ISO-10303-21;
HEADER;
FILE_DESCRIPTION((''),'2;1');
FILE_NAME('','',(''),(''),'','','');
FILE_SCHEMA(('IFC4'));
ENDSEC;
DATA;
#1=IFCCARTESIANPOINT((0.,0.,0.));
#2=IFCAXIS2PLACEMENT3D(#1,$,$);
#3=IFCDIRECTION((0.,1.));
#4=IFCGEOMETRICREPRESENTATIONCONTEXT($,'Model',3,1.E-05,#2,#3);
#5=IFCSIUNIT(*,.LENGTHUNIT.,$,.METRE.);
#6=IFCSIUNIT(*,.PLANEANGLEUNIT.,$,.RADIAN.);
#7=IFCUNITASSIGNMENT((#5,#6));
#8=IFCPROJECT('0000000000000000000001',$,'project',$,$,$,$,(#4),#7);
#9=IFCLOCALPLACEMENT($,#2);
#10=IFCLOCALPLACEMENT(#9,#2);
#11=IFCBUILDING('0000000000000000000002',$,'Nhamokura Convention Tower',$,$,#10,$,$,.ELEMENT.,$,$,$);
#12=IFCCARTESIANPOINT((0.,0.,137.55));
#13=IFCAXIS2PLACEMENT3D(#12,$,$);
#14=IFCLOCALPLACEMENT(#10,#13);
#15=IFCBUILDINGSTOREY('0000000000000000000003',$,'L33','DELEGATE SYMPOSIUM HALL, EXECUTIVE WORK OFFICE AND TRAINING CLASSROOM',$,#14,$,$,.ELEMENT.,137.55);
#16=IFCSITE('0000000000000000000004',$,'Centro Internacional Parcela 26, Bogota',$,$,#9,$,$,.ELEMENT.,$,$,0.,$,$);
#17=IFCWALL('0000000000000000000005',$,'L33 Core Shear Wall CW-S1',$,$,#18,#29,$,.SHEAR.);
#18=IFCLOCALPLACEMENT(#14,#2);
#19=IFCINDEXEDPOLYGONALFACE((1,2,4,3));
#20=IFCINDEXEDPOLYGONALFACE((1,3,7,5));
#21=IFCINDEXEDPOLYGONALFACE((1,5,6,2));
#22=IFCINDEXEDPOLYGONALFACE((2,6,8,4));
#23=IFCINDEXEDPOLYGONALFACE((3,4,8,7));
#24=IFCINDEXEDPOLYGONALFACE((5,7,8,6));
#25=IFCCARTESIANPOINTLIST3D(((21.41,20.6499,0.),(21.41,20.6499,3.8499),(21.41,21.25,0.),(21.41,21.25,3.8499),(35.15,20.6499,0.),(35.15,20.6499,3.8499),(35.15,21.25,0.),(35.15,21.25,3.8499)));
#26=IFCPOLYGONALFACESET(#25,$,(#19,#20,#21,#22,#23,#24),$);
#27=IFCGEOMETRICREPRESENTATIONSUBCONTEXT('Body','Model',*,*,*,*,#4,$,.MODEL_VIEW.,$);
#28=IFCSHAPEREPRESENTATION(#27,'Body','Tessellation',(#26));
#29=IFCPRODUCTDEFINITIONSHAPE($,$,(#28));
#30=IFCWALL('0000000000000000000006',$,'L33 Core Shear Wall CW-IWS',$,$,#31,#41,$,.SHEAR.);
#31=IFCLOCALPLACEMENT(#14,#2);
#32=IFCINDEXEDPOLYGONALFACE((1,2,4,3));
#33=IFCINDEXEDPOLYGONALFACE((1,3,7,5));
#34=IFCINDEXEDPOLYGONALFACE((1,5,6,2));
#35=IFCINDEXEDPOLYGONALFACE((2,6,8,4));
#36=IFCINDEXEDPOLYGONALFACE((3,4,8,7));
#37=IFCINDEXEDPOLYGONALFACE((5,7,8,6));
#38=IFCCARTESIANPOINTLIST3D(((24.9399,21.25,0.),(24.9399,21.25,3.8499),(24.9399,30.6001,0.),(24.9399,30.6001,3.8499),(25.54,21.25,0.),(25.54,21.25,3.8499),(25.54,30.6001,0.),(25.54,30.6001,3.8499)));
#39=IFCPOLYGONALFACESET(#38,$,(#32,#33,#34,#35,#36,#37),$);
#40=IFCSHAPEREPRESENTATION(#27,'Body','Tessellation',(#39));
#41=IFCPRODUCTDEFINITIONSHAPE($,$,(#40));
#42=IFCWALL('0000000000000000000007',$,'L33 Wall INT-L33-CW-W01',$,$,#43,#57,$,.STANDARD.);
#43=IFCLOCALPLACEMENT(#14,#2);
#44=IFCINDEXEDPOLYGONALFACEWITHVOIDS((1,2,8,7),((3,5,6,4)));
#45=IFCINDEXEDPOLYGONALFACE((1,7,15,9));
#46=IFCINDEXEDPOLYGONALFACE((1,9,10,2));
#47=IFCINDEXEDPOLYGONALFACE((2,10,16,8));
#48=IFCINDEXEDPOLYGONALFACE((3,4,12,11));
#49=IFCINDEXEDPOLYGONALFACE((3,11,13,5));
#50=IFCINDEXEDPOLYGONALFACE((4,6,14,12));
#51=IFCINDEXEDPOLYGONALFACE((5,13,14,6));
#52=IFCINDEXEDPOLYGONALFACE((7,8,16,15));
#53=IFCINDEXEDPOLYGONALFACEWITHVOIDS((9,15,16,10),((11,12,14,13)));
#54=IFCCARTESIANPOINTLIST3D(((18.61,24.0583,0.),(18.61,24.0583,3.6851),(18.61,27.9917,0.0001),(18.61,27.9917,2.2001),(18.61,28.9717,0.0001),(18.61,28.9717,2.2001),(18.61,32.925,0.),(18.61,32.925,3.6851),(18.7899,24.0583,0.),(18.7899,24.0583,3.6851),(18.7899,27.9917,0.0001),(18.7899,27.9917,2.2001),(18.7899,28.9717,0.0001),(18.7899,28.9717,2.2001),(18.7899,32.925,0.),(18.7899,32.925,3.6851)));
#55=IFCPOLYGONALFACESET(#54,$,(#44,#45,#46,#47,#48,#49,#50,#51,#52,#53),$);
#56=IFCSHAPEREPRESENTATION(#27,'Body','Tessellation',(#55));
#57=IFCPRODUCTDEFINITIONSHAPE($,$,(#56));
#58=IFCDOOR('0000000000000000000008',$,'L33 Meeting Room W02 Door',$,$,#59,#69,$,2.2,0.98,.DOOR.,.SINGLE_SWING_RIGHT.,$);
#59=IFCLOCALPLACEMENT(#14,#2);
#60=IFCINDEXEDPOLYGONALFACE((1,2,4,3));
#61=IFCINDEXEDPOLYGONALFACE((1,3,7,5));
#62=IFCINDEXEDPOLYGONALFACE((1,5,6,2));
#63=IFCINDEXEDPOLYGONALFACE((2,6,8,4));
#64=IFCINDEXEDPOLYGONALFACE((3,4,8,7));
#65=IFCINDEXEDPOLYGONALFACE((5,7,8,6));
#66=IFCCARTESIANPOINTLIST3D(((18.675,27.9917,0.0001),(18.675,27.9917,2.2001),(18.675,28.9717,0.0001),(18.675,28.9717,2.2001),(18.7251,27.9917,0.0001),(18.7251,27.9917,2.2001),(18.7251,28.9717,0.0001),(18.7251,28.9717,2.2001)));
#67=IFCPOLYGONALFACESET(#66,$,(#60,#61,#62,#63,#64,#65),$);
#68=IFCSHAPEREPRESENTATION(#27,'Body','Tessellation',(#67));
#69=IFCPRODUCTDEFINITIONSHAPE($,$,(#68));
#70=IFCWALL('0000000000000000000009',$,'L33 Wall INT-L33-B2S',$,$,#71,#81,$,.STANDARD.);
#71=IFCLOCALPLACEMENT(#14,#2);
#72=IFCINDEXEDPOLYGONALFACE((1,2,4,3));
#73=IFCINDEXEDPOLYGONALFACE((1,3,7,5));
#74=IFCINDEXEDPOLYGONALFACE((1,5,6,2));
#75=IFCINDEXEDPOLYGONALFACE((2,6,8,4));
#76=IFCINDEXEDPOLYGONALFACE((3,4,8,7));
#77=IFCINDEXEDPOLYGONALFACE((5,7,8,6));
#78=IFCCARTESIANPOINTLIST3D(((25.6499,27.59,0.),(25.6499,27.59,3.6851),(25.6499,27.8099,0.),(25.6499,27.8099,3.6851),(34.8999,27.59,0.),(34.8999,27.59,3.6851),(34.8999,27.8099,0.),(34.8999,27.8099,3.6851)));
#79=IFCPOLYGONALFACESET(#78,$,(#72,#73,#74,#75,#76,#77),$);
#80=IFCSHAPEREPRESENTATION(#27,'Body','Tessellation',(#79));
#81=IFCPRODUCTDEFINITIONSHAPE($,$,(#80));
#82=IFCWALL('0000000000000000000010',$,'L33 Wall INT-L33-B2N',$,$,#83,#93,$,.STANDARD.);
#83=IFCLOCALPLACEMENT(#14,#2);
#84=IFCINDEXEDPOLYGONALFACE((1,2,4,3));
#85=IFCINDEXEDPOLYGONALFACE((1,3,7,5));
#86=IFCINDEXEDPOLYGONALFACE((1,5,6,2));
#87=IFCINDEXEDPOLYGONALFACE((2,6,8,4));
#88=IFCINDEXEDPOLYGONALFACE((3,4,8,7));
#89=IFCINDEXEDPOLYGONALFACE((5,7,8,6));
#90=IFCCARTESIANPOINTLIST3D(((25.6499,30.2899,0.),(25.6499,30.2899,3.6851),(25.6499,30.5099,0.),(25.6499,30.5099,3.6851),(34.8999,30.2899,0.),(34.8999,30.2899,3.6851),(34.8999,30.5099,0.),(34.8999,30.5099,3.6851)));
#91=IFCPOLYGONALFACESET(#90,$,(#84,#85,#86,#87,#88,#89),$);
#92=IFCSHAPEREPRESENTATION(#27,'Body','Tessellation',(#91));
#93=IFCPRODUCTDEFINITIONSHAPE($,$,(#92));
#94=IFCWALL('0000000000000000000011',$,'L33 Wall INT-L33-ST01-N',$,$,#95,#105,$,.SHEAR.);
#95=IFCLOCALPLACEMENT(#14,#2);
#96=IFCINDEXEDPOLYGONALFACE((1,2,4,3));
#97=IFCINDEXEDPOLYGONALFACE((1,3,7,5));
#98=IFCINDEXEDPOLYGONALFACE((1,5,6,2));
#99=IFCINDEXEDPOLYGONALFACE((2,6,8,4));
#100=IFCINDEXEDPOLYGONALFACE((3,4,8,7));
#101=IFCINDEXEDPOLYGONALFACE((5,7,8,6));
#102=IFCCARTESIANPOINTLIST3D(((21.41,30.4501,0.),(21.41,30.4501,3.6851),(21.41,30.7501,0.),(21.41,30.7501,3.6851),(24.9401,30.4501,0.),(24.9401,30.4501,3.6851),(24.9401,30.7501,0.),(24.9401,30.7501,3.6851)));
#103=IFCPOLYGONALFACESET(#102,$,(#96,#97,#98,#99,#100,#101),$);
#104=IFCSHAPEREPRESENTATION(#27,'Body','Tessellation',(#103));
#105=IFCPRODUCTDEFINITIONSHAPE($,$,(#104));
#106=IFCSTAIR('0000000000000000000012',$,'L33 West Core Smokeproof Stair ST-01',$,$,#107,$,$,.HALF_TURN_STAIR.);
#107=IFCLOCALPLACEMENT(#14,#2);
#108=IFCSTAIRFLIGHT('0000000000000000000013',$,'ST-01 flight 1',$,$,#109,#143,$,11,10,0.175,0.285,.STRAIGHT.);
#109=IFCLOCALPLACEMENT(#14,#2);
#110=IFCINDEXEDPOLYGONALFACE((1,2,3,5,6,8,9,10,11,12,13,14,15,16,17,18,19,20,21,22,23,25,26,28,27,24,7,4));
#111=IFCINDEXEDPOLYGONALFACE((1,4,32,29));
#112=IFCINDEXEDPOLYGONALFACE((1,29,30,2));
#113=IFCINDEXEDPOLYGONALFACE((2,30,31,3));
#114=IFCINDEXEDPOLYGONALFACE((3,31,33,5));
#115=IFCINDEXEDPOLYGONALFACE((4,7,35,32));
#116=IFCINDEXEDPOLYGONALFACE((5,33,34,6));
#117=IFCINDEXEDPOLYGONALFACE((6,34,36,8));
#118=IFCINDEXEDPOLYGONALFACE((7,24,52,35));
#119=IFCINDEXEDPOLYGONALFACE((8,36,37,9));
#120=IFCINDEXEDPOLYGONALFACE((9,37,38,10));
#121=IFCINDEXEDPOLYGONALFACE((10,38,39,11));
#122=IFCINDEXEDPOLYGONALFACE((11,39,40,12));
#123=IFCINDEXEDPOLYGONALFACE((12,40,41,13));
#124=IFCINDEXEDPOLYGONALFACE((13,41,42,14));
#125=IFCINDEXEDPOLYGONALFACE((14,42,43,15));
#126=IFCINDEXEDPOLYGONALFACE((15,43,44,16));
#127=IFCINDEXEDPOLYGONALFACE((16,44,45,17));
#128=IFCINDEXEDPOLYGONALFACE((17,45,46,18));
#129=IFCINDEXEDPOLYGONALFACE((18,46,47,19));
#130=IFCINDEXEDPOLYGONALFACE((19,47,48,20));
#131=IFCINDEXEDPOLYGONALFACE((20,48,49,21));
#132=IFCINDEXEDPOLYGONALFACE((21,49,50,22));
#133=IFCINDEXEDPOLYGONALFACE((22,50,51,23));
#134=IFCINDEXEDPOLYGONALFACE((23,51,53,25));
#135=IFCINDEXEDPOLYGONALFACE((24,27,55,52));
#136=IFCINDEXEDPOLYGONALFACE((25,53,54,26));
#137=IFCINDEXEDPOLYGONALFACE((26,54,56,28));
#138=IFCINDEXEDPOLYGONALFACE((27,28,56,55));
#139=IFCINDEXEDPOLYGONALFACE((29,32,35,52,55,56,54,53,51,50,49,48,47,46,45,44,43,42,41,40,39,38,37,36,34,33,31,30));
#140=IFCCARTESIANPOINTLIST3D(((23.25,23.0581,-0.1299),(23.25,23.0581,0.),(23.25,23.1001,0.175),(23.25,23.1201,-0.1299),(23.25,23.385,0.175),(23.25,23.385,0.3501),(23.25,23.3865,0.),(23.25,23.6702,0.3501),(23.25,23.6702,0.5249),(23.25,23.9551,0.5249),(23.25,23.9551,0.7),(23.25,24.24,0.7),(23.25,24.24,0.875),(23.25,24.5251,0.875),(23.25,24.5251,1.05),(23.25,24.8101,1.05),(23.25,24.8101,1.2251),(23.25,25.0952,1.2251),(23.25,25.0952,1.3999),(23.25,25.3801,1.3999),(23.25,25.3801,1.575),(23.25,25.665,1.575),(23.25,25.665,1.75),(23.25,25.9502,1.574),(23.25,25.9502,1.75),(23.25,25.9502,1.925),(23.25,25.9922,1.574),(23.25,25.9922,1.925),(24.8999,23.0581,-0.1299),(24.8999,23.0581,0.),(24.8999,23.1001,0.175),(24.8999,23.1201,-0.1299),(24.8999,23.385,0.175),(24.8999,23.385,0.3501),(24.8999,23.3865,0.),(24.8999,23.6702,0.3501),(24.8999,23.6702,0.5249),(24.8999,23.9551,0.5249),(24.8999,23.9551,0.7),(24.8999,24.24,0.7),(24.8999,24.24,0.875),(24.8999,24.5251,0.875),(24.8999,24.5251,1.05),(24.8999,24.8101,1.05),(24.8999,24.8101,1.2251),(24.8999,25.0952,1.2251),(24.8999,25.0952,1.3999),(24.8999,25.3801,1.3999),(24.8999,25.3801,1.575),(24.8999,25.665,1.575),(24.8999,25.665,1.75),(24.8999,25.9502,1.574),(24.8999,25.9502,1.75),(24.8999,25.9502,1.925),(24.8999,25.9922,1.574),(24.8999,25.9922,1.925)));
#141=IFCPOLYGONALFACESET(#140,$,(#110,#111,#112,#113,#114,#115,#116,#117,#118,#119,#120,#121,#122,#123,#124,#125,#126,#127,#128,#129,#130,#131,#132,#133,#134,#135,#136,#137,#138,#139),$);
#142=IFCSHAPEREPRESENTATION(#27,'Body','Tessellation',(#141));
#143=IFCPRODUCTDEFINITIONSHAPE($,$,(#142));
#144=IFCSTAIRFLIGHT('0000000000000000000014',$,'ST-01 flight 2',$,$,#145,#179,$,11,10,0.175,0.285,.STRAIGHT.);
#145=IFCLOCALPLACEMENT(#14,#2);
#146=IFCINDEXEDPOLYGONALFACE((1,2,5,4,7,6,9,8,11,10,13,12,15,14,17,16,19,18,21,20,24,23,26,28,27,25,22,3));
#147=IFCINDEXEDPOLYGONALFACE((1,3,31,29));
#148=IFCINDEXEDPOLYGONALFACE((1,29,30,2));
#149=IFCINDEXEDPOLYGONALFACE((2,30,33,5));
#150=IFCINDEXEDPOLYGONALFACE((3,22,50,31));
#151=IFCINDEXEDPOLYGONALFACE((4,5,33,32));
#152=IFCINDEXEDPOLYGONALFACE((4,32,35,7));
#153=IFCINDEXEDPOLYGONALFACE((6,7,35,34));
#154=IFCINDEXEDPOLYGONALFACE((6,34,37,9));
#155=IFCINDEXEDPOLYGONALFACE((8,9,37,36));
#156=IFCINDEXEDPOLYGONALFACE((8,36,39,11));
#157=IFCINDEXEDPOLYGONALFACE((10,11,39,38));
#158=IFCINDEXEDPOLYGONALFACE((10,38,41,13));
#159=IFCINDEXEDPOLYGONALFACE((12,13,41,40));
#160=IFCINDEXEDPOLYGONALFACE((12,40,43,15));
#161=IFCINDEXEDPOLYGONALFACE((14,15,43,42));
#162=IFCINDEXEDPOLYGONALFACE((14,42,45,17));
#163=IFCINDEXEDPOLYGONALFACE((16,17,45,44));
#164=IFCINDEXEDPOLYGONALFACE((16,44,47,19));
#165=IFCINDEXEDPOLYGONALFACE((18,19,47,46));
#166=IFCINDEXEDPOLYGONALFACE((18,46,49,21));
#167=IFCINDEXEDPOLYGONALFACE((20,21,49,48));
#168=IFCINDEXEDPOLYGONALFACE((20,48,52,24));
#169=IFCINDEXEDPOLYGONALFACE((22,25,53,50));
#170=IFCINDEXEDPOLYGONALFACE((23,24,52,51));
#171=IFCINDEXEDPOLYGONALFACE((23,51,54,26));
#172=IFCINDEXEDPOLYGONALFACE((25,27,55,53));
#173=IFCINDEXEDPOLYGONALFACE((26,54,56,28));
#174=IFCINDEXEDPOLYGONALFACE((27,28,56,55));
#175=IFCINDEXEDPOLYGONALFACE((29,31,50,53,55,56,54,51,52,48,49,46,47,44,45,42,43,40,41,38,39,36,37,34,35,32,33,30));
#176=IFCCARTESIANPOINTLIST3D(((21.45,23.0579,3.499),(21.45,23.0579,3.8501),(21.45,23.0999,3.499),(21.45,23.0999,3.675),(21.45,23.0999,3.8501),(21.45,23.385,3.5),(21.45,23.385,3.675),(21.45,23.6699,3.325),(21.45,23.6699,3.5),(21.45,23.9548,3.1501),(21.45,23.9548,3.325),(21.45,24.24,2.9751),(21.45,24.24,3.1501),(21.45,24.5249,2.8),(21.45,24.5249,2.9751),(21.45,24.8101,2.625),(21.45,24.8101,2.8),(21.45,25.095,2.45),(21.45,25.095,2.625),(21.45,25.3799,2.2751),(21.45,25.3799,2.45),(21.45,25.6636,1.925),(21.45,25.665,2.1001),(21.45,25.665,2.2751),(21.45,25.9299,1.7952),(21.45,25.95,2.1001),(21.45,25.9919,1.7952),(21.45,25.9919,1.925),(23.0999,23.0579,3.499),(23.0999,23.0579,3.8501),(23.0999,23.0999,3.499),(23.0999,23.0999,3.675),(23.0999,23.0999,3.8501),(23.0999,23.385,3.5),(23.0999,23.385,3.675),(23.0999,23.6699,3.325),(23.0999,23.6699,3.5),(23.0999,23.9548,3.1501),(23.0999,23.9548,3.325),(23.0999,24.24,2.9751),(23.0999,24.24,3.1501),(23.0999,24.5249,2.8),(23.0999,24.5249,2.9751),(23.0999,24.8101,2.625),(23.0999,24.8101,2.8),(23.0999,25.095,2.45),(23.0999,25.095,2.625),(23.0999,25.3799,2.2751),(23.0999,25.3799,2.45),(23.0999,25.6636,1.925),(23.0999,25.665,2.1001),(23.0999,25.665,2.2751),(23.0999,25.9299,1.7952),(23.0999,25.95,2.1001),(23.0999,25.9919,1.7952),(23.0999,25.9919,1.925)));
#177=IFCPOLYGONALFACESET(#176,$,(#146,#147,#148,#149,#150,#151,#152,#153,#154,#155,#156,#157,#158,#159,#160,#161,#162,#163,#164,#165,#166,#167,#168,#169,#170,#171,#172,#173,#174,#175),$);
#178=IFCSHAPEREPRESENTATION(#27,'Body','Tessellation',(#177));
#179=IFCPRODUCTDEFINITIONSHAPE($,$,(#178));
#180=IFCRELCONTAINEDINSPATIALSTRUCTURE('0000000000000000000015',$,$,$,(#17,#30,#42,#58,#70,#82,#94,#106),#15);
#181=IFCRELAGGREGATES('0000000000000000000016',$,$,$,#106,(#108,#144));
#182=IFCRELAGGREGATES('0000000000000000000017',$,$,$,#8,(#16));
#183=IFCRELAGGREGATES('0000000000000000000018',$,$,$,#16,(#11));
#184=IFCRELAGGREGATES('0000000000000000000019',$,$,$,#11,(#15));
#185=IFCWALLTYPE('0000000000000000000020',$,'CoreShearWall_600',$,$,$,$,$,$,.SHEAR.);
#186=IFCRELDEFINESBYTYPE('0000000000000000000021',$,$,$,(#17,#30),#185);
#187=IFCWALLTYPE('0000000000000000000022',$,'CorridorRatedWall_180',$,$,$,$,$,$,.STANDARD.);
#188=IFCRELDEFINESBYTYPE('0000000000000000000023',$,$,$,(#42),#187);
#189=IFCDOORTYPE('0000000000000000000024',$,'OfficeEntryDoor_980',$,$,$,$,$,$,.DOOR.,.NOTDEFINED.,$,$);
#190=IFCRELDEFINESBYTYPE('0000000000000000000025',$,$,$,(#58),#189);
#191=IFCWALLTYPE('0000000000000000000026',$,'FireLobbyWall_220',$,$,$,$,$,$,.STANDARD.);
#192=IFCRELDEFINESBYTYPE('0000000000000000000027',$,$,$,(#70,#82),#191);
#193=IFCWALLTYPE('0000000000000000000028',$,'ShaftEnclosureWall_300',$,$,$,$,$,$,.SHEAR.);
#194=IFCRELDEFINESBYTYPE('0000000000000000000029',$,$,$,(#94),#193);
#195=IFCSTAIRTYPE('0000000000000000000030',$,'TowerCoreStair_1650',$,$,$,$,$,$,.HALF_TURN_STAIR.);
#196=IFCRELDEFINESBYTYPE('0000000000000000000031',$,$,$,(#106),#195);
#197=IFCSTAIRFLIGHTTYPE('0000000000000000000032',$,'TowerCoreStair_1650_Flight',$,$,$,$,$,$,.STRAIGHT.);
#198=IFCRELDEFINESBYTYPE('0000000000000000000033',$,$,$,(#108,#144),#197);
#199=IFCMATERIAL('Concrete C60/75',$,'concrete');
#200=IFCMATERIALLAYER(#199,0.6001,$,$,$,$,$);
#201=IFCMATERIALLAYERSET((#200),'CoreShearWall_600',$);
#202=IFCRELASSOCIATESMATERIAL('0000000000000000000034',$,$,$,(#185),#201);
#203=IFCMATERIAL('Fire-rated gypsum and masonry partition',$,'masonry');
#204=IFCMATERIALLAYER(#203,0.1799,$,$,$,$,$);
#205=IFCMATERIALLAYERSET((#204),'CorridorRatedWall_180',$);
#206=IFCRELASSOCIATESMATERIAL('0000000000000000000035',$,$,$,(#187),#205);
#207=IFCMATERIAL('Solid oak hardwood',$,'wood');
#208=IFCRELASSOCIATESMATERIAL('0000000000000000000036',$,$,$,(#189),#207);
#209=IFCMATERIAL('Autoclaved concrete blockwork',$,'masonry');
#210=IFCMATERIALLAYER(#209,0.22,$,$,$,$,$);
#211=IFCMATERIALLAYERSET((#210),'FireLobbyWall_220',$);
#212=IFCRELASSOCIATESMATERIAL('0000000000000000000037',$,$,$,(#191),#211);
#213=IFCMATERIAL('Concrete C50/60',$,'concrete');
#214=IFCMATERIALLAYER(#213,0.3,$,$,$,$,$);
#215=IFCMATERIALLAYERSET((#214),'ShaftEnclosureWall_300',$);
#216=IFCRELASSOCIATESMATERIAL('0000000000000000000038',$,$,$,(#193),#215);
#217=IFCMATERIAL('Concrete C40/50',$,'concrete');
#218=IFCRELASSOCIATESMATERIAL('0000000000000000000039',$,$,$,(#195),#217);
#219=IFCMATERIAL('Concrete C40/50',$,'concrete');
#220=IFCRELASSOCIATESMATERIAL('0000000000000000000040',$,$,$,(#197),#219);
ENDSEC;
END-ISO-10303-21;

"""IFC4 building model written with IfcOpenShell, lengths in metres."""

from ifc_helpers import new_model, si_unit, direction, frame, frame_2d, origin, place, context, subcontext, project, spatial, polyline, rectangle, outline, extrude, material, layer, layer_set, type_object, element, fill, aggregate, save


model = new_model("IFC4")

# Units and contexts
model_context = context("Model", 3, precision=1e-05, world=origin(), true_north=direction((0.0, 1.0)))
body_context = subcontext(model_context, "Body", "Model", "MODEL_VIEW")
ifc_project = project(units=[si_unit("LENGTHUNIT", "METRE"), si_unit("PLANEANGLEUNIT", "RADIAN")], contexts=[model_context])

# Site, building, storey
site_placement = place(None, origin())
site = spatial("IfcSite", under=ifc_project, at=site_placement, Name="Centro Internacional Parcela 26, Bogota", CompositionType="ELEMENT", RefElevation=0.0)
building_placement = place(site_placement, origin())
building = spatial("IfcBuilding", under=site, at=building_placement, Name="Nhamokura Convention Tower", CompositionType="ELEMENT")
storey_placement = place(building_placement, frame((0.0, 0.0, 137.55)))
storey = spatial("IfcBuildingStorey", under=building, at=storey_placement, Name="L33", Description="DELEGATE SYMPOSIUM HALL, EXECUTIVE WORK OFFICE AND TRAINING CLASSROOM", CompositionType="ELEMENT", Elevation=137.55)

# Shared definitions
ifc_material_1 = material(Name="Concrete C60/75", Category="concrete")
ifc_layer_1 = layer(ifc_material_1, 0.6001)
ifc_layer_set_1 = layer_set([ifc_layer_1], Name="CoreShearWall_600")
wall_type_1 = type_object("IfcWallType", Name="CoreShearWall_600", PredefinedType="SHEAR", material=ifc_layer_set_1)

# Walls
wall_1_placement = place(storey_placement, frame((21.4099, 20.95, 0.0), z_axis=(0.0, 0.0, 1.0), x_axis=(1.0, 0.0, 0.0)))
element("IfcWall", 1, at=wall_1_placement, inside=storey, type_object=wall_type_1, Name="L33 Core Shear Wall CW-S1", PredefinedType="SHEAR", context=body_context, shape_type="SweptSolid", body=[
    extrude(rectangle(XDim=13.74, YDim=0.6001, at=frame_2d((6.8701, 0.0))), origin(), (0.0, 0.0, 1.0), 3.8499),
])
wall_2_placement = place(storey_placement, frame((25.24, 21.25, 0.0), z_axis=(0.0, 0.0, 1.0), x_axis=(0.0, 1.0, 0.0)))
element("IfcWall", 2, at=wall_2_placement, inside=storey, type_object=wall_type_1, Name="L33 Core Shear Wall CW-IWS", PredefinedType="SHEAR", context=body_context, shape_type="SweptSolid", body=[
    extrude(rectangle(XDim=9.3501, YDim=0.6001, at=frame_2d((4.675, 0.0))), origin(), (0.0, 0.0, 1.0), 3.8499),
])

# Wall, opening, door
ifc_material_2 = material(Name="Fire-rated gypsum and masonry partition", Category="masonry")
ifc_layer_2 = layer(ifc_material_2, 0.1799)
ifc_layer_set_2 = layer_set([ifc_layer_2], Name="CorridorRatedWall_180")
wall_type_2 = type_object("IfcWallType", Name="CorridorRatedWall_180", PredefinedType="STANDARD", material=ifc_layer_set_2)
wall_3_placement = place(storey_placement, frame((18.7, 24.0583, 0.0), z_axis=(0.0, 0.0, 1.0), x_axis=(0.0, 1.0, 0.0)))
wall_3 = element("IfcWall", 3, at=wall_3_placement, inside=storey, type_object=wall_type_2, Name="L33 Wall INT-L33-CW-W01", PredefinedType="STANDARD", context=body_context, shape_type="SweptSolid", body=[
    extrude(rectangle(XDim=8.8667, YDim=0.1799, at=frame_2d((4.4333, 0.0))), origin(), (0.0, 0.0, 1.0), 3.6851),
])
opening_1_placement = place(wall_3_placement, frame((3.9333, 0.0, 0.0)))
opening_1 = element("IfcOpeningElement", 4, at=opening_1_placement, cuts=wall_3, PredefinedType="OPENING", context=body_context, shape_type="SweptSolid", body=[
    extrude(rectangle(XDim=0.98, YDim=2.2, at=frame_2d((0.49, 1.1001))), frame((0.0, 0.0999, 0.0), z_axis=(0.0, -1.0, 0.0), x_axis=(1.0, 0.0, 0.0)), (0.0, 0.0, 1.0), 0.2),
])
ifc_material_3 = material(Name="Solid oak hardwood", Category="wood")
door_type_1 = type_object("IfcDoorType", Name="OfficeEntryDoor_980", OperationType="NOTDEFINED", PredefinedType="DOOR", material=ifc_material_3)
door_1_placement = place(opening_1_placement, origin())
door_1 = element("IfcDoor", 5, at=door_1_placement, inside=storey, type_object=door_type_1, Name="L33 Meeting Room W02 Door", OperationType="SINGLE_SWING_RIGHT", OverallHeight=2.2, OverallWidth=0.98, PredefinedType="DOOR", context=body_context, shape_type="SweptSolid", body=[
    extrude(rectangle(XDim=0.98, YDim=2.2, at=frame_2d((0.49, 1.1001))), frame((0.0, 0.0249, 0.0), z_axis=(0.0, -1.0, 0.0), x_axis=(1.0, 0.0, 0.0)), (0.0, 0.0, 1.0), 0.05),
])
fill(opening_1, door_1)

# Shared definitions
ifc_material_4 = material(Name="Autoclaved concrete blockwork", Category="masonry")
ifc_layer_3 = layer(ifc_material_4, 0.22)
ifc_layer_set_3 = layer_set([ifc_layer_3], Name="FireLobbyWall_220")
wall_type_3 = type_object("IfcWallType", Name="FireLobbyWall_220", PredefinedType="STANDARD", material=ifc_layer_set_3)

# Walls
for number, where, z_axis, x_axis, name in (
    (6, (25.6499, 27.7, 0.0), (0.0, 0.0, 1.0), (1.0, 0.0, 0.0), "L33 Wall INT-L33-B2S"),
    (7, (25.6499, 30.3999, 0.0), (0.0, 0.0, 1.0), (1.0, 0.0, 0.0), "L33 Wall INT-L33-B2N"),
):
    element("IfcWall", number, at=place(storey_placement, frame(where, z_axis=z_axis, x_axis=x_axis)), inside=storey, type_object=wall_type_3, Name=name, PredefinedType="STANDARD", context=body_context, shape_type="SweptSolid", body=[
        extrude(rectangle(XDim=9.25, YDim=0.22, at=frame_2d((4.625, 0.0))), origin(), (0.0, 0.0, 1.0), 3.6851),
    ])
ifc_material_5 = material(Name="Concrete C50/60", Category="concrete")
ifc_layer_4 = layer(ifc_material_5, 0.3)
ifc_layer_set_4 = layer_set([ifc_layer_4], Name="ShaftEnclosureWall_300")
wall_type_4 = type_object("IfcWallType", Name="ShaftEnclosureWall_300", PredefinedType="SHEAR", material=ifc_layer_set_4)
wall_4_placement = place(storey_placement, frame((21.4099, 30.6001, 0.0), z_axis=(0.0, 0.0, 1.0), x_axis=(1.0, 0.0, 0.0)))
element("IfcWall", 8, at=wall_4_placement, inside=storey, type_object=wall_type_4, Name="L33 Wall INT-L33-ST01-N", PredefinedType="SHEAR", context=body_context, shape_type="SweptSolid", body=[
    extrude(rectangle(XDim=3.53, YDim=0.3, at=frame_2d((1.7651, 0.0))), origin(), (0.0, 0.0, 1.0), 3.6851),
])

# Stair, stair flights
ifc_material_6 = material(Name="Concrete C40/50", Category="concrete")
stair_type = type_object("IfcStairType", Name="TowerCoreStair_1650", PredefinedType="HALF_TURN_STAIR", material=ifc_material_6)
stair_placement = place(storey_placement, origin())
stair = element("IfcStair", 9, at=stair_placement, inside=storey, type_object=stair_type, Name="L33 West Core Smokeproof Stair ST-01", PredefinedType="HALF_TURN_STAIR")
ifc_material_7 = material(Name="Concrete C40/50", Category="concrete")
stair_flight_type = type_object("IfcStairFlightType", Name="TowerCoreStair_1650_Flight", PredefinedType="STRAIGHT", material=ifc_material_7)
stair_flight_1_placement = place(storey_placement, frame((24.075, 23.1001, 0.0), z_axis=(0.0, 0.0, 1.0), x_axis=(0.0, 1.0, 0.0)))
stair_flight_1 = element("IfcStairFlight", 10, at=stair_flight_1_placement, type_object=stair_flight_type, Name="ST-01 flight 1", NumberOfRisers=11, NumberOfTreads=10, PredefinedType="STRAIGHT", RiserHeight=0.175, TreadLength=0.285, context=body_context, shape_type="SweptSolid", body=[
    extrude(outline(polyline([(-0.042, 0.0), (0.0, 0.175), (0.2849, 0.175), (0.2849, 0.3501), (0.5701, 0.3501), (0.5701, 0.5249), (0.855, 0.5249), (0.855, 0.7), (1.1399, 0.7), (1.1399, 0.875), (1.425, 0.875), (1.425, 1.05), (1.71, 1.05), (1.71, 1.2251), (1.9951, 1.2251), (1.9951, 1.3999), (2.28, 1.3999), (2.28, 1.575), (2.5649, 1.575), (2.5649, 1.75), (2.8501, 1.75), (2.8501, 1.925), (2.8921, 1.925), (2.8921, 1.574), (2.8501, 1.574), (0.2864, 0.0), (0.02, -0.1299), (-0.042, -0.1299), (-0.042, 0.0)])), frame((0.0, 0.825, 0.0), z_axis=(0.0, -1.0, 0.0), x_axis=(1.0, 0.0, 0.0)), (0.0, 0.0, 1.0), 1.6499),
])
stair_flight_2_placement = place(storey_placement, frame((22.2749, 25.95, 1.925), z_axis=(0.0, 0.0, 1.0), x_axis=(0.0, -1.0, 0.0)))
stair_flight_2 = element("IfcStairFlight", 11, at=stair_flight_2_placement, type_object=stair_flight_type, Name="ST-01 flight 2", NumberOfRisers=11, NumberOfTreads=10, PredefinedType="STRAIGHT", RiserHeight=0.175, TreadLength=0.285, context=body_context, shape_type="SweptSolid", body=[
    extrude(outline(polyline([(-0.042, 0.0), (0.0, 0.175), (0.2849, 0.175), (0.2849, 0.3501), (0.5701, 0.3501), (0.5701, 0.5249), (0.855, 0.5249), (0.855, 0.7), (1.1399, 0.7), (1.1399, 0.875), (1.425, 0.875), (1.425, 1.05), (1.71, 1.05), (1.71, 1.2251), (1.9951, 1.2251), (1.9951, 1.3999), (2.28, 1.3999), (2.28, 1.575), (2.5649, 1.575), (2.5649, 1.75), (2.8501, 1.75), (2.8501, 1.925), (2.8921, 1.925), (2.8921, 1.574), (2.8501, 1.574), (0.2864, 0.0), (0.02, -0.1299), (-0.042, -0.1299), (-0.042, 0.0)])), frame((0.0, 0.825, 0.0), z_axis=(0.0, -1.0, 0.0), x_axis=(1.0, 0.0, 0.0)), (0.0, 0.0, 1.0), 1.6499),
])
aggregate(stair, [stair_flight_1, stair_flight_2])

save(model, "model.ifc")
